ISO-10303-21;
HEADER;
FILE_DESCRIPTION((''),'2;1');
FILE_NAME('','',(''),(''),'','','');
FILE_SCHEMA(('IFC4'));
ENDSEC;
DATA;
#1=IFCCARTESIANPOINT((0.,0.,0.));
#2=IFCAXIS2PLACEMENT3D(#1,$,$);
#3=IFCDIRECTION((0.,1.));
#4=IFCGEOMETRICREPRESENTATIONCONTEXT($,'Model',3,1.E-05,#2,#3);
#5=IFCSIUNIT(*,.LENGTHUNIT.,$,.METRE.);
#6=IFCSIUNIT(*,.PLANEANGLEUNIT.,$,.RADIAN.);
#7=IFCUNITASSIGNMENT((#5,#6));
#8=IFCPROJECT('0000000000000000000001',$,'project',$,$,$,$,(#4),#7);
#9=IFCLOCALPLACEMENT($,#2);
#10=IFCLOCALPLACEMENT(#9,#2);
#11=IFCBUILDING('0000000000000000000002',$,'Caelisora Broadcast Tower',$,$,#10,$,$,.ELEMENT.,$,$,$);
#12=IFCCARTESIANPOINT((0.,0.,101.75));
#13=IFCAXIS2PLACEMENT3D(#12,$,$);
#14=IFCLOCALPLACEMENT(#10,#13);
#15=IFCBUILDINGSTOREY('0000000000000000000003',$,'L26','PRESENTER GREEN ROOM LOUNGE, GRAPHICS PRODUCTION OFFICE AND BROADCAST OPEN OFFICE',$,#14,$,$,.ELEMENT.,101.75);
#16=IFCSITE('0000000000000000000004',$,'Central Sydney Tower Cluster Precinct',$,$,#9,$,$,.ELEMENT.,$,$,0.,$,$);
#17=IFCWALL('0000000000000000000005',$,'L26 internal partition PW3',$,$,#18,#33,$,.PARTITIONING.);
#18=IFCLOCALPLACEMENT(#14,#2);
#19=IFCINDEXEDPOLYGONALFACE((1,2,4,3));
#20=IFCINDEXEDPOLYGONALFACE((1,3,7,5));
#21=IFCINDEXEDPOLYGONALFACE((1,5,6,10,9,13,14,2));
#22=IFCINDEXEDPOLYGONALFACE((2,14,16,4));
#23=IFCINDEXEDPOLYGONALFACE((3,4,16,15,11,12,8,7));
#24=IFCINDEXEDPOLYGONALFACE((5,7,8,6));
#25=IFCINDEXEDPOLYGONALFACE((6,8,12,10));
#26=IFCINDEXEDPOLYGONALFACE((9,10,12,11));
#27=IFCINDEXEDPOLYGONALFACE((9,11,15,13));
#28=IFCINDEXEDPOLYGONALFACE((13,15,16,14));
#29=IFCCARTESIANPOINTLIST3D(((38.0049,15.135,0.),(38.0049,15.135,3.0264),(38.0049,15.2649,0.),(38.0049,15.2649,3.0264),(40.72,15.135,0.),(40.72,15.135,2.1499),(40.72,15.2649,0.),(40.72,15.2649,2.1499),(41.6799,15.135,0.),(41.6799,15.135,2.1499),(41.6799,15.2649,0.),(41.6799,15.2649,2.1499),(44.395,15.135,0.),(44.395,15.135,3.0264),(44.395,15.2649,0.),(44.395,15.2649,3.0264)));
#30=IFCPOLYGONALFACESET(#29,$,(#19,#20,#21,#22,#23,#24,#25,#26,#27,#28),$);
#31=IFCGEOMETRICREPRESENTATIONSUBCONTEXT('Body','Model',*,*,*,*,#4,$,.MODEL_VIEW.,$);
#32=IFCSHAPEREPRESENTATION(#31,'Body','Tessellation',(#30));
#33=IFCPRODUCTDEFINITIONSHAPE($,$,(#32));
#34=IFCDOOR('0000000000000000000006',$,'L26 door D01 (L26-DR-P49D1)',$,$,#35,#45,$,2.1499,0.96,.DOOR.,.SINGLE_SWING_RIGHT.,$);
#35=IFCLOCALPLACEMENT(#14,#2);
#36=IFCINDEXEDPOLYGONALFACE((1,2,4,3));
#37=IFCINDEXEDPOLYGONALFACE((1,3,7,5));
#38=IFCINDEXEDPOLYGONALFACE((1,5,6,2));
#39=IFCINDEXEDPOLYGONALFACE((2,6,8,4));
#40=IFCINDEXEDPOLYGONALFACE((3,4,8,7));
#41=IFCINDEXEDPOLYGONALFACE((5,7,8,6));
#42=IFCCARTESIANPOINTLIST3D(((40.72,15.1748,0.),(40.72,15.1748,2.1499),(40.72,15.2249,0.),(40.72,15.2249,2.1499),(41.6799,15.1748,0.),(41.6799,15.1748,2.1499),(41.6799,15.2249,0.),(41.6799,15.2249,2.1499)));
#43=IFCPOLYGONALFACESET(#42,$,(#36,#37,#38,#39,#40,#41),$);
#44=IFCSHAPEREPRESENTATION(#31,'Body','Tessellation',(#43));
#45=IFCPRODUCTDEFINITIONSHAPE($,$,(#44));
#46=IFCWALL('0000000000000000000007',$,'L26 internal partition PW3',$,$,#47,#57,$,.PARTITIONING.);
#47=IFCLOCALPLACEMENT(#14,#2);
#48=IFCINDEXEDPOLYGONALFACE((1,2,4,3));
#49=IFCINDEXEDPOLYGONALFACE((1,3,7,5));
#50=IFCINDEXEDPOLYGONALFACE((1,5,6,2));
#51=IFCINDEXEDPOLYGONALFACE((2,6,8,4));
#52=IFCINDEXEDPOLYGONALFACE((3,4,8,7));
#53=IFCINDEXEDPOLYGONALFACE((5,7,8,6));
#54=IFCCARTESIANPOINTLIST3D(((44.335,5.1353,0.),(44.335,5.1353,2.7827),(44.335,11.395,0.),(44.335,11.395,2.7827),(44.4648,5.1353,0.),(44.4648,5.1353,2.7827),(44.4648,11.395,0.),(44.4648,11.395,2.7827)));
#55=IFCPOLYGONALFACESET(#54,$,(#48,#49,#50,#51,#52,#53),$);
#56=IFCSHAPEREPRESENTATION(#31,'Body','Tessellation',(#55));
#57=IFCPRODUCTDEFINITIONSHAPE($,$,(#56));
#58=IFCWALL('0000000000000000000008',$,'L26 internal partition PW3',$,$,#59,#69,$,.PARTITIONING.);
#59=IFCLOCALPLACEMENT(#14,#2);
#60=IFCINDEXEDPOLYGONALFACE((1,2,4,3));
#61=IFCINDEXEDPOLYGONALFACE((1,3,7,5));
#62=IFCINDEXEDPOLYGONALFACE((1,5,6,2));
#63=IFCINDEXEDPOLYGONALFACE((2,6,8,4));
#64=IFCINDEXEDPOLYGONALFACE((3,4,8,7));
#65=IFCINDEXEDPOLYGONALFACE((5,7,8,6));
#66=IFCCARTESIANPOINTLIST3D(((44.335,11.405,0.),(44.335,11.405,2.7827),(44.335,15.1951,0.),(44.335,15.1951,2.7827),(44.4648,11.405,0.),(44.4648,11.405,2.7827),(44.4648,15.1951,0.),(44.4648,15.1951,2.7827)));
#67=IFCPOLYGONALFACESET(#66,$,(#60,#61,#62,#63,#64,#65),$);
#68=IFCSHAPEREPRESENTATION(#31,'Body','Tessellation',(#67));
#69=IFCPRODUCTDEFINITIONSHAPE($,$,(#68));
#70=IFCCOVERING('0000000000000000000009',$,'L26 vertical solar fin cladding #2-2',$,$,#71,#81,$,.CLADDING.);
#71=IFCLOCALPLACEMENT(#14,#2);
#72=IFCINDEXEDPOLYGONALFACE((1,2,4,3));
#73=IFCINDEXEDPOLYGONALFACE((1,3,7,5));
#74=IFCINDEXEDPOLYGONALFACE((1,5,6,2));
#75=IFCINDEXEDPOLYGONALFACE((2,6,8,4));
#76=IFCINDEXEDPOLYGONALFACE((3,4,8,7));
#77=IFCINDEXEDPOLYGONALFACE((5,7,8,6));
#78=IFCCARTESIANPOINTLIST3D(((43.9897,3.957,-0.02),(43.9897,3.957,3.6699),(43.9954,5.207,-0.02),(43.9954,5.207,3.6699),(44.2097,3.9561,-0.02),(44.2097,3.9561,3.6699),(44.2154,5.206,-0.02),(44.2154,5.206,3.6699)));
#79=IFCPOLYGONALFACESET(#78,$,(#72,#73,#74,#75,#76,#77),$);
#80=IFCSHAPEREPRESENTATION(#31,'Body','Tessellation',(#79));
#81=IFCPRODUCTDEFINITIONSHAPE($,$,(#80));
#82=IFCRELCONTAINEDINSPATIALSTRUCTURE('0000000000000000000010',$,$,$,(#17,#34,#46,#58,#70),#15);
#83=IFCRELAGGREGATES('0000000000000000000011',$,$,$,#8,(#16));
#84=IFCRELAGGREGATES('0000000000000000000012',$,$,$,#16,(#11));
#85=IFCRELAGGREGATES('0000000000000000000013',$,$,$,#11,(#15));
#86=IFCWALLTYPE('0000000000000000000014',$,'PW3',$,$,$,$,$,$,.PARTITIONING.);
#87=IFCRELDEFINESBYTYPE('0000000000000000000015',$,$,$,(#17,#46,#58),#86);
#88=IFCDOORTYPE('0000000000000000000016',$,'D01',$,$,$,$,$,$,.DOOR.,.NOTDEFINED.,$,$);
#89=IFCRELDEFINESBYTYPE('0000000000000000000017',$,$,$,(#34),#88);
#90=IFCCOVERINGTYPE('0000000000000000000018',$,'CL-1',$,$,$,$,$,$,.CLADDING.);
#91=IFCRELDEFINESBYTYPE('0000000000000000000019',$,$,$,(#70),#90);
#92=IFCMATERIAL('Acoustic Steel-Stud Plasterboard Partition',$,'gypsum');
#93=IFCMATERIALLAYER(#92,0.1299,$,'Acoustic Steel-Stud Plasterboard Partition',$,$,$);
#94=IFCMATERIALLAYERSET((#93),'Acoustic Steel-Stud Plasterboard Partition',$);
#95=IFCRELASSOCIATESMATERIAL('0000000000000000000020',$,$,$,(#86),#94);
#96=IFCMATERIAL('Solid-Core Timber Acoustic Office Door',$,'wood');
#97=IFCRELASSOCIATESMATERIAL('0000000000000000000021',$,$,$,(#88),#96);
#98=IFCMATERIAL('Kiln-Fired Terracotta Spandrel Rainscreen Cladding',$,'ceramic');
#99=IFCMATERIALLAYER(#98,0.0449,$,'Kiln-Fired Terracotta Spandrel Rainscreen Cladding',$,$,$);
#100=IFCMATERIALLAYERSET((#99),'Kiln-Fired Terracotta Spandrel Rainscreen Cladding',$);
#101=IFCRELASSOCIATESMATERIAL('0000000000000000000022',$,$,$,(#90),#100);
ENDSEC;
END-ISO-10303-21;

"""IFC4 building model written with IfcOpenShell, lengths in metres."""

from ifc_helpers import new_model, si_unit, direction, frame, frame_2d, origin, origin_2d, place, context, subcontext, project, spatial, rectangle, extrude, source, transform, mapped, material, layer, layer_set, type_object, type_shapes, element, fill, save


model = new_model("IFC4")

# Units and contexts
model_context = context("Model", 3, precision=1e-05, world=origin(), true_north=direction((0.0, 1.0)))
body_context = subcontext(model_context, "Body", "Model", "MODEL_VIEW")
ifc_project = project(units=[si_unit("LENGTHUNIT", "METRE"), si_unit("PLANEANGLEUNIT", "RADIAN")], contexts=[model_context])

# Site, building, storey
site_placement = place(None, origin())
site = spatial("IfcSite", under=ifc_project, at=site_placement, Name="Central Sydney Tower Cluster Precinct", CompositionType="ELEMENT", RefElevation=0.0)
building_placement = place(site_placement, origin())
building = spatial("IfcBuilding", under=site, at=building_placement, Name="Caelisora Broadcast Tower", CompositionType="ELEMENT")
storey_placement = place(building_placement, frame((0.0, 0.0, 101.75)))
storey = spatial("IfcBuildingStorey", under=building, at=storey_placement, Name="L26", Description="PRESENTER GREEN ROOM LOUNGE, GRAPHICS PRODUCTION OFFICE AND BROADCAST OPEN OFFICE", CompositionType="ELEMENT", Elevation=101.75)

# Wall, opening, door
ifc_material_1 = material(Name="Acoustic Steel-Stud Plasterboard Partition", Category="gypsum")
ifc_layer_1 = layer(ifc_material_1, 0.1299, Name="Acoustic Steel-Stud Plasterboard Partition")
ifc_layer_set_1 = layer_set([ifc_layer_1], Name="Acoustic Steel-Stud Plasterboard Partition")
wall_type_1 = type_object("IfcWallType", Name="PW3", PredefinedType="PARTITIONING", material=ifc_layer_set_1)
ifc_material_2 = material(Name="Solid-Core Timber Acoustic Office Door", Category="wood")
door_type_1 = type_object("IfcDoorType", Name="D01", OperationType="NOTDEFINED", PredefinedType="DOOR", material=ifc_material_2)
wall_1_placement = place(storey_placement, frame((38.0049, 15.2, 0.0), z_axis=(0.0, 0.0, 1.0), x_axis=(1.0, 0.0, 0.0)))
wall_1 = element("IfcWall", 1, at=wall_1_placement, inside=storey, type_object=wall_type_1, Name="L26 internal partition PW3", PredefinedType="PARTITIONING", context=body_context, shape_type="SweptSolid", body=[
    extrude(rectangle(XDim=6.3901, YDim=0.1299, at=frame_2d((3.1951, 0.0))), origin(), (0.0, 0.0, 1.0), 3.0264),
])
opening_1_placement = place(wall_1_placement, frame((2.7151, 0.0, 0.0)))
opening_1 = element("IfcOpeningElement", 2, at=opening_1_placement, cuts=wall_1, PredefinedType="OPENING", context=body_context, shape_type="SweptSolid", body=[
    extrude(rectangle(XDim=0.96, YDim=2.1499, at=frame_2d((0.48, 1.075))), frame((0.0, 0.0769, 0.0), z_axis=(0.0, -1.0, 0.0), x_axis=(1.0, 0.0, 0.0)), (0.0, 0.0, 1.0), 0.1538),
])
door_1_placement = place(opening_1_placement, origin())
door_1 = element("IfcDoor", 3, at=door_1_placement, inside=storey, type_object=door_type_1, Name="L26 door D01 (L26-DR-P49D1)", OperationType="SINGLE_SWING_RIGHT", OverallHeight=2.1499, OverallWidth=0.96, PredefinedType="DOOR", context=body_context, shape_type="SweptSolid", body=[
    extrude(rectangle(XDim=0.96, YDim=2.1499, at=frame_2d((0.48, 1.075))), frame((0.0, 0.0249, 0.0), z_axis=(0.0, -1.0, 0.0), x_axis=(1.0, 0.0, 0.0)), (0.0, 0.0, 1.0), 0.05),
])
fill(opening_1, door_1)

# Walls
wall_2_placement = place(storey_placement, frame((44.3999, 5.1353, 0.0), z_axis=(0.0, 0.0, 1.0), x_axis=(0.0, 1.0, 0.0)))
element("IfcWall", 4, at=wall_2_placement, inside=storey, type_object=wall_type_1, Name="L26 internal partition PW3", PredefinedType="PARTITIONING", context=body_context, shape_type="SweptSolid", body=[
    extrude(rectangle(XDim=6.2598, YDim=0.1299, at=frame_2d((3.1299, 0.0))), origin(), (0.0, 0.0, 1.0), 2.7827),
])
wall_3_placement = place(storey_placement, frame((44.3999, 11.405, 0.0), z_axis=(0.0, 0.0, 1.0), x_axis=(0.0, 1.0, 0.0)))
element("IfcWall", 5, at=wall_3_placement, inside=storey, type_object=wall_type_1, Name="L26 internal partition PW3", PredefinedType="PARTITIONING", context=body_context, shape_type="SweptSolid", body=[
    extrude(rectangle(XDim=3.79, YDim=0.1299, at=frame_2d((1.895, 0.0))), origin(), (0.0, 0.0, 1.0), 2.7827),
])

# Covering
ifc_material_3 = material(Name="Kiln-Fired Terracotta Spandrel Rainscreen Cladding", Category="ceramic")
ifc_layer_2 = layer(ifc_material_3, 0.0449, Name="Kiln-Fired Terracotta Spandrel Rainscreen Cladding")
ifc_layer_set_2 = layer_set([ifc_layer_2], Name="Kiln-Fired Terracotta Spandrel Rainscreen Cladding")
covering_type = type_object("IfcCoveringType", Name="CL-1", PredefinedType="CLADDING", material=ifc_layer_set_2)
shared_shape_1 = source(origin(), body_context, "Body", "SweptSolid", [
    extrude(rectangle(XDim=0.22, YDim=1.25, at=origin_2d()), origin(), (0.0, 0.0, 1.0), 3.6899),
])
type_shapes(covering_type, [shared_shape_1])
covering_placement = place(storey_placement, frame((44.1025, 4.5815, -0.02), z_axis=(0.0, 0.0, 1.0), x_axis=(-0.99999, 0.004538, 0.0)))
element("IfcCovering", 6, at=covering_placement, inside=storey, type_object=covering_type, Name="L26 vertical solar fin cladding #2-2", PredefinedType="CLADDING", context=body_context, shape_type="MappedRepresentation", body=[
    mapped(shared_shape_1, transform((0.0, 0.0, 0.0), scale=1.0)),
])

save(model, "model.ifc")
